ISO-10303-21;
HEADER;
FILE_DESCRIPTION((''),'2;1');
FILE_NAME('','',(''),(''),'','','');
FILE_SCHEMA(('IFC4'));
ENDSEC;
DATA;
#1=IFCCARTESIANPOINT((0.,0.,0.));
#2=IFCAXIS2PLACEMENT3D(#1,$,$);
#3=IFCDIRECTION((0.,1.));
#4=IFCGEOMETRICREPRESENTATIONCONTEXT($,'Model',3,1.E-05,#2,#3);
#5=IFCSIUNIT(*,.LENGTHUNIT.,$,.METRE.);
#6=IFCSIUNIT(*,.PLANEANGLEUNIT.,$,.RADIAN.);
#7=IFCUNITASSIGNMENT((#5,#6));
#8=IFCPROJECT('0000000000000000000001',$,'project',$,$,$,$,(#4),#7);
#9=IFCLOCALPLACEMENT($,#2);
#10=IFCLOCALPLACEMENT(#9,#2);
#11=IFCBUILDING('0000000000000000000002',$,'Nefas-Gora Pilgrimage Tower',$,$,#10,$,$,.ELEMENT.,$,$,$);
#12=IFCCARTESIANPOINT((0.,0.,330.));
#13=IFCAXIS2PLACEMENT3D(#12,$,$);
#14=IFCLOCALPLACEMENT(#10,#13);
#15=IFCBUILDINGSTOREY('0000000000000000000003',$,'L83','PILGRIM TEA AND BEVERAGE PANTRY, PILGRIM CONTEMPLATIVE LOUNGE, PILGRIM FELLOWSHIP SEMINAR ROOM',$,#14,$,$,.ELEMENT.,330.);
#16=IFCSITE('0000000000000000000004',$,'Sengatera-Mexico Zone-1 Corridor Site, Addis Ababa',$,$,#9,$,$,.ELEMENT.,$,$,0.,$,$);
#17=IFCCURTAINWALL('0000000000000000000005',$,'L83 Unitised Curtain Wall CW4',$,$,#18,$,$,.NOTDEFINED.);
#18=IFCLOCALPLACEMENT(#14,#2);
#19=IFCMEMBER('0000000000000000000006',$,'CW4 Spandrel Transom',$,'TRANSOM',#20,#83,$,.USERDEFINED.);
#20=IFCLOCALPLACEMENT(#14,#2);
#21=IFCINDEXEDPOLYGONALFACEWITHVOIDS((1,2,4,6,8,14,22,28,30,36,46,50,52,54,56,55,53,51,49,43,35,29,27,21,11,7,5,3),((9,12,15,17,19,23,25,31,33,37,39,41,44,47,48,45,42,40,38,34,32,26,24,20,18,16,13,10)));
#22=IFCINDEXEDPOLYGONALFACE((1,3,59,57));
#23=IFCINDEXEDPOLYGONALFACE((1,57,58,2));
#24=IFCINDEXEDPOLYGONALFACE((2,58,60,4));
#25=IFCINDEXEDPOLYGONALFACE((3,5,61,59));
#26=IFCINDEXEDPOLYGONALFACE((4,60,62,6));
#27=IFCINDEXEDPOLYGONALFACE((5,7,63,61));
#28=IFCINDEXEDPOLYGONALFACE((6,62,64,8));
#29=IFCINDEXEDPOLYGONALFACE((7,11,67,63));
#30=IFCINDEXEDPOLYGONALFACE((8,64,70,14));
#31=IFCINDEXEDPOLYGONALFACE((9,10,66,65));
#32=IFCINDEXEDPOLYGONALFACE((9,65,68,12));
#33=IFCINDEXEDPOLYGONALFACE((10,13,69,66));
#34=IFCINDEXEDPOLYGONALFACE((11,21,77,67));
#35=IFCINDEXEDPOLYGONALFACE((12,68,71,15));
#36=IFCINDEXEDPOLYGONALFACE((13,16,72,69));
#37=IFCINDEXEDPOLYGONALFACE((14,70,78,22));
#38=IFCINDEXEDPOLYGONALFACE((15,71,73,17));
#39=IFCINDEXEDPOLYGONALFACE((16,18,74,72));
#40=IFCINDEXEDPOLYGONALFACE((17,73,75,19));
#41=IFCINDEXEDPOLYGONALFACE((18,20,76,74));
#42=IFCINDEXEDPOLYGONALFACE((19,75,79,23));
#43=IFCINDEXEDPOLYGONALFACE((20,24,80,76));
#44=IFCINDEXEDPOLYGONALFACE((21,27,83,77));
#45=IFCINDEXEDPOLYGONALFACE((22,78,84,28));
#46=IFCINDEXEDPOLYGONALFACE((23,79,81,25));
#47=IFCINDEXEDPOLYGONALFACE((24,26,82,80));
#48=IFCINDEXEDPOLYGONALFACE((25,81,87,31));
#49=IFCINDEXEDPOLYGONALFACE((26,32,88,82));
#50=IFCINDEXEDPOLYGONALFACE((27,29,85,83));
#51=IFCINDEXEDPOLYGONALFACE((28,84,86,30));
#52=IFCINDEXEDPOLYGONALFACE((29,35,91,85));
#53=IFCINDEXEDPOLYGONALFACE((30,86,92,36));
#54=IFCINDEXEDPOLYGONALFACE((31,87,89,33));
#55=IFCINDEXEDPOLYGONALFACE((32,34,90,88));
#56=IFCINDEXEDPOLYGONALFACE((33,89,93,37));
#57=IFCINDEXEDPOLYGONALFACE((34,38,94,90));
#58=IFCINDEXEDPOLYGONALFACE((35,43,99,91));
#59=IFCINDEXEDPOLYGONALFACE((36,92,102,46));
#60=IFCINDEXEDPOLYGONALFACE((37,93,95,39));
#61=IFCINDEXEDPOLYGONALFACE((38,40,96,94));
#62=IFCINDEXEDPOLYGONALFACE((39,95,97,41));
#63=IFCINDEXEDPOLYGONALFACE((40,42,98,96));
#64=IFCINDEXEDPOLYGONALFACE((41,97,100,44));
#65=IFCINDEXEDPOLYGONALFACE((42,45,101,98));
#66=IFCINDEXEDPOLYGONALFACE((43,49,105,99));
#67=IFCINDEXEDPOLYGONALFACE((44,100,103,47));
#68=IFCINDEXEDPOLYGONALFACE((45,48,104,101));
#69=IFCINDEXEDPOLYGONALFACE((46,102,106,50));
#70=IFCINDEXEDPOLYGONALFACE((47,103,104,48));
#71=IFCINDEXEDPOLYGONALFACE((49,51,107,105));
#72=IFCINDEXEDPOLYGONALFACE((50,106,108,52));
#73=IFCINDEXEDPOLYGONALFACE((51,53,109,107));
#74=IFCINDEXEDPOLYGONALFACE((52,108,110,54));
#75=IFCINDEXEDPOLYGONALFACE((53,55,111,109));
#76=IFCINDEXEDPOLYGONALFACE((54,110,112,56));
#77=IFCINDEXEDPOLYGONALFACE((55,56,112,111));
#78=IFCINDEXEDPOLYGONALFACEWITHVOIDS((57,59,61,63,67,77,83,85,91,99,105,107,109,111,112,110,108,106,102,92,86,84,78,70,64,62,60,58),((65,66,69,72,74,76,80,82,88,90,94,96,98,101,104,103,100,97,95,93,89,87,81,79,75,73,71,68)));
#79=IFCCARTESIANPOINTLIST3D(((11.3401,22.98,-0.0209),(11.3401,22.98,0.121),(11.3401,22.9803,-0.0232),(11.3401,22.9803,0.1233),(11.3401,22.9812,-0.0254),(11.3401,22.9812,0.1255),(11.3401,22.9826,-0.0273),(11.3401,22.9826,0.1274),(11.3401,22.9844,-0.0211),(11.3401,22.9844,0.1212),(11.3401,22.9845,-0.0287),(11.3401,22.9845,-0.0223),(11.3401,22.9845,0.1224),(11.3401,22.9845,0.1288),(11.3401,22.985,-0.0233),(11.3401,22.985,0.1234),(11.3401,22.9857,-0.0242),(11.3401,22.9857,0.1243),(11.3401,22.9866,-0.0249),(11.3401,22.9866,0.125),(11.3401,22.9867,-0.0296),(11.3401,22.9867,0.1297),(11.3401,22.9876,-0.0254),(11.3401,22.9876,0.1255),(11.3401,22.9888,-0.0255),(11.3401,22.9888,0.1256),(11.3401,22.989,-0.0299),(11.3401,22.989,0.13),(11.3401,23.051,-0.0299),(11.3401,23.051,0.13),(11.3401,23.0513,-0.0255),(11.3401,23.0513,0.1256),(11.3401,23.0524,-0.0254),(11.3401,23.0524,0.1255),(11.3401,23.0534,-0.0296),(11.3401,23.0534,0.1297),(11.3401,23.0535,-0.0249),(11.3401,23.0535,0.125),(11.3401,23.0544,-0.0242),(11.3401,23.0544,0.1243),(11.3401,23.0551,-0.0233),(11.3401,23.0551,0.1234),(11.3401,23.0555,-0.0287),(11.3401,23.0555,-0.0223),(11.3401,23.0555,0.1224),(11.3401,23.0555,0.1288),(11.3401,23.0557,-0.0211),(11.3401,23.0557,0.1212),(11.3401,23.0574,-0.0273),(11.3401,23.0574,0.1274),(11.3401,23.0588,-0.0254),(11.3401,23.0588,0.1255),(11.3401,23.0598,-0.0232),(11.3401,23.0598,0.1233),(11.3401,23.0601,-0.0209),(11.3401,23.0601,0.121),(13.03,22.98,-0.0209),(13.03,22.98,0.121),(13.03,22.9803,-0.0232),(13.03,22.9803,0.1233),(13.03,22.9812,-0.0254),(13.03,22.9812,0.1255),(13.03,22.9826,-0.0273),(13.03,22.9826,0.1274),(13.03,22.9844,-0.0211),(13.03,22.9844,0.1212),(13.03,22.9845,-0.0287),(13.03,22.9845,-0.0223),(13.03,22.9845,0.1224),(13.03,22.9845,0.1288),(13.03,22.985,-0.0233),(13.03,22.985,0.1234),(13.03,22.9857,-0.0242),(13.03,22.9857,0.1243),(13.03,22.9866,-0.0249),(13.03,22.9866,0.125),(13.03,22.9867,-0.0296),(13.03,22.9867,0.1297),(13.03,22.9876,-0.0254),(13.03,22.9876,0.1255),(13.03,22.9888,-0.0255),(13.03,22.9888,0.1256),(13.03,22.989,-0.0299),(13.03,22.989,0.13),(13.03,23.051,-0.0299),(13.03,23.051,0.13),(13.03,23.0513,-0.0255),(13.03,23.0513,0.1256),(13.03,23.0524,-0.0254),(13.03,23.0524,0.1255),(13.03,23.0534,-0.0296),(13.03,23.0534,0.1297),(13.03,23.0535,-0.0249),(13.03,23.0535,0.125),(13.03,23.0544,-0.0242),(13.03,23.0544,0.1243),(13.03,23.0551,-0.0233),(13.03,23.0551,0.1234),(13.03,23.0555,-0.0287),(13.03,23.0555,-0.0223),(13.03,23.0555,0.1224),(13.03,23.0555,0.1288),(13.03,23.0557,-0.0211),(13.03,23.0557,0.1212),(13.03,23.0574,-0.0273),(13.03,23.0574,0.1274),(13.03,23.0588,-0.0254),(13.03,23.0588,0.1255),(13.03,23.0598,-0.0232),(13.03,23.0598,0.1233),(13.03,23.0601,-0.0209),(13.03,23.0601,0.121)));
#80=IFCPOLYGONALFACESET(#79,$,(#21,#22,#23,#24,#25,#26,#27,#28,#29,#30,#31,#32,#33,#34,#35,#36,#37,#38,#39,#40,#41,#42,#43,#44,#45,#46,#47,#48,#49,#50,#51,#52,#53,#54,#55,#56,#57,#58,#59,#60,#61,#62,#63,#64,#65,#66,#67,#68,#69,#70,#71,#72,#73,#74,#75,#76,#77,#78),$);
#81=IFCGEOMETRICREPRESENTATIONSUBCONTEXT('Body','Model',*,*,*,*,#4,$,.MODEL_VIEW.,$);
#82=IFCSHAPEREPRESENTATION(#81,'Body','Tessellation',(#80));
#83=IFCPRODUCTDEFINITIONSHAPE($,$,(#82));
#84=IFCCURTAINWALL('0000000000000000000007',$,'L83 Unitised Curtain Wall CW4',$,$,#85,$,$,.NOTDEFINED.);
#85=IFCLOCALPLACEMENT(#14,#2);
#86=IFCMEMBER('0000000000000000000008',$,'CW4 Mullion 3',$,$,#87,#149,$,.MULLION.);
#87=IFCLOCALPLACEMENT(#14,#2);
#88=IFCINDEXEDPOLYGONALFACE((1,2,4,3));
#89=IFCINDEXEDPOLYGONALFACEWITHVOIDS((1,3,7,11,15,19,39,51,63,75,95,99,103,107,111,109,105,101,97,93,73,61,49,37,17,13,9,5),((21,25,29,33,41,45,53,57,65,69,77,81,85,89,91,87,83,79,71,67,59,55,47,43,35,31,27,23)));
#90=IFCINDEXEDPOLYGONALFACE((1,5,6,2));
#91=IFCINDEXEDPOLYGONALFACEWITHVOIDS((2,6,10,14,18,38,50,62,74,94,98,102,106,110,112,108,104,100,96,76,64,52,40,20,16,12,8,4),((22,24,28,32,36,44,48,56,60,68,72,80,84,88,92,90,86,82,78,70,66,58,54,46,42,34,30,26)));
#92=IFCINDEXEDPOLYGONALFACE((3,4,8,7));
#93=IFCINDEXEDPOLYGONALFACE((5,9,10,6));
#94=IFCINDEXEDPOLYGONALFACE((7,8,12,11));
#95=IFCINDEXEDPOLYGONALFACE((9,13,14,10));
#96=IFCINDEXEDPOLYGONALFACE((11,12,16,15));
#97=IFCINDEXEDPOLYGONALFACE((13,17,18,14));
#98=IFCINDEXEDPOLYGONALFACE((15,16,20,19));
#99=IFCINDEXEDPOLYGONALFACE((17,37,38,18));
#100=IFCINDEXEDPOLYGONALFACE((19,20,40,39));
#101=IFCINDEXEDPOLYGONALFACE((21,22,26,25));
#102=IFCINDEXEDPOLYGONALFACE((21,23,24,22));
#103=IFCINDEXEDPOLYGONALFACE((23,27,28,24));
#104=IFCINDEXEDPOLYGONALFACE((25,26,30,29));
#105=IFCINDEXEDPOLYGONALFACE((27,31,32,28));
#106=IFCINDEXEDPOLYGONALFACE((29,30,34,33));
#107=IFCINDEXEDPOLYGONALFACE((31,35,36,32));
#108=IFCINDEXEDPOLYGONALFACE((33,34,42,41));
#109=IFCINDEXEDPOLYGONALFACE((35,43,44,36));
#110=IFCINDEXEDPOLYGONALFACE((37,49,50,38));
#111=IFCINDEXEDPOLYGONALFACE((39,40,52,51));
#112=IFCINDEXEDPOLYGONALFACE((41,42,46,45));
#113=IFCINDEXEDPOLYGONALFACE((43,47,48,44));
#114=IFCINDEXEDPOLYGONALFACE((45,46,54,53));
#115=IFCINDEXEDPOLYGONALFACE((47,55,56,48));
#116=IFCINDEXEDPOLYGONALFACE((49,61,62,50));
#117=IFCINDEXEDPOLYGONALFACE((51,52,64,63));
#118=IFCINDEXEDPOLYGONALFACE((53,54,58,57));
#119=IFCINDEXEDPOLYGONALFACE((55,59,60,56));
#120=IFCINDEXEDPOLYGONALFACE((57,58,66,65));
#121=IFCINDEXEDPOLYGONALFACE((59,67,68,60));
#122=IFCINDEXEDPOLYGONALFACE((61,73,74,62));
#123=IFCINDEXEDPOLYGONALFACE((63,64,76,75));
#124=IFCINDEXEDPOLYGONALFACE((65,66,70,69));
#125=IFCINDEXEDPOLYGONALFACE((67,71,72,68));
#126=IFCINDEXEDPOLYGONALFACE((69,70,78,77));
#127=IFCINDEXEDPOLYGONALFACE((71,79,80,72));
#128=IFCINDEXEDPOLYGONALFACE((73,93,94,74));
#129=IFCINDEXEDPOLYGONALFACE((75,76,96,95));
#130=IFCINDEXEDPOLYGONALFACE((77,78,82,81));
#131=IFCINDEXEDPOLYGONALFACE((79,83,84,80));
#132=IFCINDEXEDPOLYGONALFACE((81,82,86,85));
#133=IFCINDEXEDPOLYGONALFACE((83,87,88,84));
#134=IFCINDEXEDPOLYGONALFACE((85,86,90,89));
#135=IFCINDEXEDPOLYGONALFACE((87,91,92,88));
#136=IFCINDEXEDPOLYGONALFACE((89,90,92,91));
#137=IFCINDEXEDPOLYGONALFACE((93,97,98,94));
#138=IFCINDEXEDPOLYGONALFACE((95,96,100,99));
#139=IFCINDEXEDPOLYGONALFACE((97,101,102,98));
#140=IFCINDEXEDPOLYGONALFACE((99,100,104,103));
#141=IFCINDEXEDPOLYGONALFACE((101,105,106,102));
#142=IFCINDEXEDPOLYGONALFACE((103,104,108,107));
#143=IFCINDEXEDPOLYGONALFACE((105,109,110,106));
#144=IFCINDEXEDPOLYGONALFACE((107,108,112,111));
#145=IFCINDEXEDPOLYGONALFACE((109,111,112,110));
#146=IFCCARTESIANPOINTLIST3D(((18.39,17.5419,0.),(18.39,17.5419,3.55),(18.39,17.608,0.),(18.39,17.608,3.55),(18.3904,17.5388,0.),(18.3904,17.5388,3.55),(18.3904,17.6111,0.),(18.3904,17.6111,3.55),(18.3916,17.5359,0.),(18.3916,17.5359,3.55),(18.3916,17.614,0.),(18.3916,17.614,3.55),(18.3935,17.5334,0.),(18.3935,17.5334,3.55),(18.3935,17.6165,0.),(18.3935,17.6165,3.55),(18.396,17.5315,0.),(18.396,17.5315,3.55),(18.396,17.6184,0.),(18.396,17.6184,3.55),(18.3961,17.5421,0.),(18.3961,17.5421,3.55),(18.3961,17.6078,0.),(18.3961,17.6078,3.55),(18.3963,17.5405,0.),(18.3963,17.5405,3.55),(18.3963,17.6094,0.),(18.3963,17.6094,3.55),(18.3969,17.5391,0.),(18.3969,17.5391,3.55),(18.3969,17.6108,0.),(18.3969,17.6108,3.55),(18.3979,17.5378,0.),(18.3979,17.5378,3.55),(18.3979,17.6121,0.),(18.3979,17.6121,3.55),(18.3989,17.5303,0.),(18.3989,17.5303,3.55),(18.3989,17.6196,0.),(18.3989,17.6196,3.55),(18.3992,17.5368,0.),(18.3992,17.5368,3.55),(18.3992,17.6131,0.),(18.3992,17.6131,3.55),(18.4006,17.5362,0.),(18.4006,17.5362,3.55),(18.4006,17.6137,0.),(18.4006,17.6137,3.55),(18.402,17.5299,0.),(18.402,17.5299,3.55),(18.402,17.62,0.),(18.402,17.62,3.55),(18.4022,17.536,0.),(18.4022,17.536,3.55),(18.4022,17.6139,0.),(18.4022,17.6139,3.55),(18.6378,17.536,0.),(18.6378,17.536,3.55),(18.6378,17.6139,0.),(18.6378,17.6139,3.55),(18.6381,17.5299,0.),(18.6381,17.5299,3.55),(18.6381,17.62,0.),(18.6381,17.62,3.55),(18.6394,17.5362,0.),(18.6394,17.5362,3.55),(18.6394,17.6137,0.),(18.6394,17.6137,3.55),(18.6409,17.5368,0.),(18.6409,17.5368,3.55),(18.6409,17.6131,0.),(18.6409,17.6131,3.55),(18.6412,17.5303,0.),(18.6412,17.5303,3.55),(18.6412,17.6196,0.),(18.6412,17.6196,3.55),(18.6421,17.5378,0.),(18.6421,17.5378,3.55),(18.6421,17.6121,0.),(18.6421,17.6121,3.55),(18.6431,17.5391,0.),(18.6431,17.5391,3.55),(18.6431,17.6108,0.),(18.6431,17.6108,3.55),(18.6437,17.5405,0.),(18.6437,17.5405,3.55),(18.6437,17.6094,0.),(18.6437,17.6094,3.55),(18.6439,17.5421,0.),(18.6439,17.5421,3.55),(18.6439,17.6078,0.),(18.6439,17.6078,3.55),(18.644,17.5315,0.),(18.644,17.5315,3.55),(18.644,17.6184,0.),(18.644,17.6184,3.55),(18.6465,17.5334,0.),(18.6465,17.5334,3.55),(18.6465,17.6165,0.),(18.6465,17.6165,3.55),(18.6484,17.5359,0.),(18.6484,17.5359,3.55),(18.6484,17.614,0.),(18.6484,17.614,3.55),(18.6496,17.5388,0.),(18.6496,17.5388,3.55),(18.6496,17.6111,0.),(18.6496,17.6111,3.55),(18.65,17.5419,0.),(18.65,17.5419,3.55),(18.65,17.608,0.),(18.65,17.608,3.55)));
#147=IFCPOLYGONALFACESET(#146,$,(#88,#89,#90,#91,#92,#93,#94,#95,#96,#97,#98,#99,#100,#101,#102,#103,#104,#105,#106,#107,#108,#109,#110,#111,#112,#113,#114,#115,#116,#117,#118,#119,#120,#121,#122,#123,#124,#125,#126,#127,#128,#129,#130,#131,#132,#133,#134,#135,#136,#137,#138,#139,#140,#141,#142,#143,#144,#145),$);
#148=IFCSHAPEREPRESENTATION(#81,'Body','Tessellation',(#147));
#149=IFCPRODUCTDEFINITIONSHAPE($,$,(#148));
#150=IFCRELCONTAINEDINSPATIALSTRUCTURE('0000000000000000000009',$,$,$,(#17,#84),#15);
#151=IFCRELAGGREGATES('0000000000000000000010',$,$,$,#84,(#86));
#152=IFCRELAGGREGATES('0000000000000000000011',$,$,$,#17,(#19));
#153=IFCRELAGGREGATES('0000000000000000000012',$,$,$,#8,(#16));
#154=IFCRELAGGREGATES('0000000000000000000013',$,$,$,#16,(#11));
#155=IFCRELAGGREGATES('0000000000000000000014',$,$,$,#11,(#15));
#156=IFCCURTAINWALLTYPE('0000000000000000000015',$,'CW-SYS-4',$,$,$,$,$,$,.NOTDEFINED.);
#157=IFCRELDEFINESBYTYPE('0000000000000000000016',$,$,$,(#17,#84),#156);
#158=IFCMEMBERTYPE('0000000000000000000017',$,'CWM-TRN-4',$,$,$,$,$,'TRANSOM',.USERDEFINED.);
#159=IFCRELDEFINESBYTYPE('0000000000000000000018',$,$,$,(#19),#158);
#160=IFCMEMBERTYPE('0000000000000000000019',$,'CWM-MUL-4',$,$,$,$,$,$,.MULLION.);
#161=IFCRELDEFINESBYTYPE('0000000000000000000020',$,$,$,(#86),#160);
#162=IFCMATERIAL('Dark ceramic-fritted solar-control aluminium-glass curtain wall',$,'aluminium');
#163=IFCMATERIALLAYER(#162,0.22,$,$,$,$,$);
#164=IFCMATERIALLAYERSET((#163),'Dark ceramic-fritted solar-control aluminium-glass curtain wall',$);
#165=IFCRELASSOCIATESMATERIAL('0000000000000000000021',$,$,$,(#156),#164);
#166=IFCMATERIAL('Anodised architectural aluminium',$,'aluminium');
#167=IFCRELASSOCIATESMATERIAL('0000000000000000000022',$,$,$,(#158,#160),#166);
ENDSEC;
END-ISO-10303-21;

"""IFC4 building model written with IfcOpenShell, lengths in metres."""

from ifc_helpers import new_model, si_unit, direction, frame, origin, origin_2d, place, context, subcontext, project, spatial, hollow_rectangle, extrude, source, transform, mapped, material, layer, layer_set, material_profile, profile_set, type_object, element, aggregate, save


model = new_model("IFC4")

# Units and contexts
model_context = context("Model", 3, precision=1e-05, world=origin(), true_north=direction((0.0, 1.0)))
body_context = subcontext(model_context, "Body", "Model", "MODEL_VIEW")
ifc_project = project(units=[si_unit("LENGTHUNIT", "METRE"), si_unit("PLANEANGLEUNIT", "RADIAN")], contexts=[model_context])

# Site, building, storey
site_placement = place(None, origin())
site = spatial("IfcSite", under=ifc_project, at=site_placement, Name="Sengatera-Mexico Zone-1 Corridor Site, Addis Ababa", CompositionType="ELEMENT", RefElevation=0.0)
building_placement = place(site_placement, origin())
building = spatial("IfcBuilding", under=site, at=building_placement, Name="Nefas-Gora Pilgrimage Tower", CompositionType="ELEMENT")
storey_placement = place(building_placement, frame((0.0, 0.0, 330.0)))
storey = spatial("IfcBuildingStorey", under=building, at=storey_placement, Name="L83", Description="PILGRIM TEA AND BEVERAGE PANTRY, PILGRIM CONTEMPLATIVE LOUNGE, PILGRIM FELLOWSHIP SEMINAR ROOM", CompositionType="ELEMENT", Elevation=330.0)

# Shared definitions
ifc_material_1 = material(Name="Dark ceramic-fritted solar-control aluminium-glass curtain wall", Category="aluminium")
ifc_material_2 = material(Name="Anodised architectural aluminium", Category="aluminium")

# Curtain walls, members
ifc_layer_1 = layer(ifc_material_1, 0.22)
ifc_layer_set_1 = layer_set([ifc_layer_1], Name="Dark ceramic-fritted solar-control aluminium-glass curtain wall")
curtain_wall_type_1 = type_object("IfcCurtainWallType", Name="CW-SYS-4", PredefinedType="NOTDEFINED", material=ifc_layer_set_1)
curtain_wall_1_placement = place(storey_placement, origin())
curtain_wall_1 = element("IfcCurtainWall", 1, at=curtain_wall_1_placement, inside=storey, type_object=curtain_wall_type_1, Name="L83 Unitised Curtain Wall CW4", PredefinedType="NOTDEFINED")
ifc_material_profile_1 = material_profile(ifc_material_2, hollow_rectangle(XDim=0.0801, YDim=0.1599, WallThickness=0.0044, InnerFilletRadius=0.0044, OuterFilletRadius=0.009, at=origin_2d()), Name="ALU TRANSOM 80x160")
ifc_profile_set_1 = profile_set([ifc_material_profile_1], Name="Anodised architectural aluminium")
member_type_1 = type_object("IfcMemberType", Name="CWM-TRN-4", ElementType="TRANSOM", PredefinedType="USERDEFINED", material=ifc_profile_set_1)
shared_shape_1 = source(origin(), body_context, "Body", "SweptSolid", [
    extrude(hollow_rectangle(XDim=0.0801, YDim=0.1599, WallThickness=0.0044, InnerFilletRadius=0.0044, OuterFilletRadius=0.009, at=origin_2d()), origin(), (0.0, 0.0, 1.0), 1.6899),
])
member_1_placement = place(storey_placement, frame((13.03, 23.02, 0.05), z_axis=(-1.0, 0.0, 0.0), x_axis=(0.0, -1.0, 0.0)))
member_1 = element("IfcMember", 2, at=member_1_placement, type_object=member_type_1, Name="CW4 Spandrel Transom", ObjectType="TRANSOM", PredefinedType="USERDEFINED", context=body_context, shape_type="MappedRepresentation", body=[
    mapped(shared_shape_1, transform((0.0, 0.0, 0.0), x_axis=(1.0, 0.0, 0.0), y_axis=(0.0, 1.0, 0.0), z_axis=(0.0, 0.0, 1.0), scale=1.0)),
])
curtain_wall_2_placement = place(storey_placement, origin())
curtain_wall_2 = element("IfcCurtainWall", 3, at=curtain_wall_2_placement, inside=storey, type_object=curtain_wall_type_1, Name="L83 Unitised Curtain Wall CW4", PredefinedType="NOTDEFINED")
ifc_material_profile_2 = material_profile(ifc_material_2, hollow_rectangle(XDim=0.0901, YDim=0.26, WallThickness=0.0061, InnerFilletRadius=0.0061, OuterFilletRadius=0.012, at=origin_2d()), Name="ALU MULLION 90x260")
ifc_profile_set_2 = profile_set([ifc_material_profile_2], Name="Anodised architectural aluminium")
member_type_2 = type_object("IfcMemberType", Name="CWM-MUL-4", PredefinedType="MULLION", material=ifc_profile_set_2)
shared_shape_2 = source(origin(), body_context, "Body", "SweptSolid", [
    extrude(hollow_rectangle(XDim=0.0901, YDim=0.26, WallThickness=0.0061, InnerFilletRadius=0.0061, OuterFilletRadius=0.012, at=origin_2d()), origin(), (0.0, 0.0, 1.0), 3.55),
])
member_2_placement = place(storey_placement, frame((18.52, 17.575, 0.0), z_axis=(0.0, 0.0, 1.0), x_axis=(0.0, 1.0, 0.0)))
member_2 = element("IfcMember", 4, at=member_2_placement, type_object=member_type_2, Name="CW4 Mullion 3", PredefinedType="MULLION", context=body_context, shape_type="MappedRepresentation", body=[
    mapped(shared_shape_2, transform((0.0, 0.0, 0.0), x_axis=(1.0, 0.0, 0.0), y_axis=(0.0, 1.0, 0.0), z_axis=(0.0, 0.0, 1.0), scale=1.0)),
])
aggregate(curtain_wall_2, [member_2])

aggregate(curtain_wall_1, [member_1])

save(model, "model.ifc")
